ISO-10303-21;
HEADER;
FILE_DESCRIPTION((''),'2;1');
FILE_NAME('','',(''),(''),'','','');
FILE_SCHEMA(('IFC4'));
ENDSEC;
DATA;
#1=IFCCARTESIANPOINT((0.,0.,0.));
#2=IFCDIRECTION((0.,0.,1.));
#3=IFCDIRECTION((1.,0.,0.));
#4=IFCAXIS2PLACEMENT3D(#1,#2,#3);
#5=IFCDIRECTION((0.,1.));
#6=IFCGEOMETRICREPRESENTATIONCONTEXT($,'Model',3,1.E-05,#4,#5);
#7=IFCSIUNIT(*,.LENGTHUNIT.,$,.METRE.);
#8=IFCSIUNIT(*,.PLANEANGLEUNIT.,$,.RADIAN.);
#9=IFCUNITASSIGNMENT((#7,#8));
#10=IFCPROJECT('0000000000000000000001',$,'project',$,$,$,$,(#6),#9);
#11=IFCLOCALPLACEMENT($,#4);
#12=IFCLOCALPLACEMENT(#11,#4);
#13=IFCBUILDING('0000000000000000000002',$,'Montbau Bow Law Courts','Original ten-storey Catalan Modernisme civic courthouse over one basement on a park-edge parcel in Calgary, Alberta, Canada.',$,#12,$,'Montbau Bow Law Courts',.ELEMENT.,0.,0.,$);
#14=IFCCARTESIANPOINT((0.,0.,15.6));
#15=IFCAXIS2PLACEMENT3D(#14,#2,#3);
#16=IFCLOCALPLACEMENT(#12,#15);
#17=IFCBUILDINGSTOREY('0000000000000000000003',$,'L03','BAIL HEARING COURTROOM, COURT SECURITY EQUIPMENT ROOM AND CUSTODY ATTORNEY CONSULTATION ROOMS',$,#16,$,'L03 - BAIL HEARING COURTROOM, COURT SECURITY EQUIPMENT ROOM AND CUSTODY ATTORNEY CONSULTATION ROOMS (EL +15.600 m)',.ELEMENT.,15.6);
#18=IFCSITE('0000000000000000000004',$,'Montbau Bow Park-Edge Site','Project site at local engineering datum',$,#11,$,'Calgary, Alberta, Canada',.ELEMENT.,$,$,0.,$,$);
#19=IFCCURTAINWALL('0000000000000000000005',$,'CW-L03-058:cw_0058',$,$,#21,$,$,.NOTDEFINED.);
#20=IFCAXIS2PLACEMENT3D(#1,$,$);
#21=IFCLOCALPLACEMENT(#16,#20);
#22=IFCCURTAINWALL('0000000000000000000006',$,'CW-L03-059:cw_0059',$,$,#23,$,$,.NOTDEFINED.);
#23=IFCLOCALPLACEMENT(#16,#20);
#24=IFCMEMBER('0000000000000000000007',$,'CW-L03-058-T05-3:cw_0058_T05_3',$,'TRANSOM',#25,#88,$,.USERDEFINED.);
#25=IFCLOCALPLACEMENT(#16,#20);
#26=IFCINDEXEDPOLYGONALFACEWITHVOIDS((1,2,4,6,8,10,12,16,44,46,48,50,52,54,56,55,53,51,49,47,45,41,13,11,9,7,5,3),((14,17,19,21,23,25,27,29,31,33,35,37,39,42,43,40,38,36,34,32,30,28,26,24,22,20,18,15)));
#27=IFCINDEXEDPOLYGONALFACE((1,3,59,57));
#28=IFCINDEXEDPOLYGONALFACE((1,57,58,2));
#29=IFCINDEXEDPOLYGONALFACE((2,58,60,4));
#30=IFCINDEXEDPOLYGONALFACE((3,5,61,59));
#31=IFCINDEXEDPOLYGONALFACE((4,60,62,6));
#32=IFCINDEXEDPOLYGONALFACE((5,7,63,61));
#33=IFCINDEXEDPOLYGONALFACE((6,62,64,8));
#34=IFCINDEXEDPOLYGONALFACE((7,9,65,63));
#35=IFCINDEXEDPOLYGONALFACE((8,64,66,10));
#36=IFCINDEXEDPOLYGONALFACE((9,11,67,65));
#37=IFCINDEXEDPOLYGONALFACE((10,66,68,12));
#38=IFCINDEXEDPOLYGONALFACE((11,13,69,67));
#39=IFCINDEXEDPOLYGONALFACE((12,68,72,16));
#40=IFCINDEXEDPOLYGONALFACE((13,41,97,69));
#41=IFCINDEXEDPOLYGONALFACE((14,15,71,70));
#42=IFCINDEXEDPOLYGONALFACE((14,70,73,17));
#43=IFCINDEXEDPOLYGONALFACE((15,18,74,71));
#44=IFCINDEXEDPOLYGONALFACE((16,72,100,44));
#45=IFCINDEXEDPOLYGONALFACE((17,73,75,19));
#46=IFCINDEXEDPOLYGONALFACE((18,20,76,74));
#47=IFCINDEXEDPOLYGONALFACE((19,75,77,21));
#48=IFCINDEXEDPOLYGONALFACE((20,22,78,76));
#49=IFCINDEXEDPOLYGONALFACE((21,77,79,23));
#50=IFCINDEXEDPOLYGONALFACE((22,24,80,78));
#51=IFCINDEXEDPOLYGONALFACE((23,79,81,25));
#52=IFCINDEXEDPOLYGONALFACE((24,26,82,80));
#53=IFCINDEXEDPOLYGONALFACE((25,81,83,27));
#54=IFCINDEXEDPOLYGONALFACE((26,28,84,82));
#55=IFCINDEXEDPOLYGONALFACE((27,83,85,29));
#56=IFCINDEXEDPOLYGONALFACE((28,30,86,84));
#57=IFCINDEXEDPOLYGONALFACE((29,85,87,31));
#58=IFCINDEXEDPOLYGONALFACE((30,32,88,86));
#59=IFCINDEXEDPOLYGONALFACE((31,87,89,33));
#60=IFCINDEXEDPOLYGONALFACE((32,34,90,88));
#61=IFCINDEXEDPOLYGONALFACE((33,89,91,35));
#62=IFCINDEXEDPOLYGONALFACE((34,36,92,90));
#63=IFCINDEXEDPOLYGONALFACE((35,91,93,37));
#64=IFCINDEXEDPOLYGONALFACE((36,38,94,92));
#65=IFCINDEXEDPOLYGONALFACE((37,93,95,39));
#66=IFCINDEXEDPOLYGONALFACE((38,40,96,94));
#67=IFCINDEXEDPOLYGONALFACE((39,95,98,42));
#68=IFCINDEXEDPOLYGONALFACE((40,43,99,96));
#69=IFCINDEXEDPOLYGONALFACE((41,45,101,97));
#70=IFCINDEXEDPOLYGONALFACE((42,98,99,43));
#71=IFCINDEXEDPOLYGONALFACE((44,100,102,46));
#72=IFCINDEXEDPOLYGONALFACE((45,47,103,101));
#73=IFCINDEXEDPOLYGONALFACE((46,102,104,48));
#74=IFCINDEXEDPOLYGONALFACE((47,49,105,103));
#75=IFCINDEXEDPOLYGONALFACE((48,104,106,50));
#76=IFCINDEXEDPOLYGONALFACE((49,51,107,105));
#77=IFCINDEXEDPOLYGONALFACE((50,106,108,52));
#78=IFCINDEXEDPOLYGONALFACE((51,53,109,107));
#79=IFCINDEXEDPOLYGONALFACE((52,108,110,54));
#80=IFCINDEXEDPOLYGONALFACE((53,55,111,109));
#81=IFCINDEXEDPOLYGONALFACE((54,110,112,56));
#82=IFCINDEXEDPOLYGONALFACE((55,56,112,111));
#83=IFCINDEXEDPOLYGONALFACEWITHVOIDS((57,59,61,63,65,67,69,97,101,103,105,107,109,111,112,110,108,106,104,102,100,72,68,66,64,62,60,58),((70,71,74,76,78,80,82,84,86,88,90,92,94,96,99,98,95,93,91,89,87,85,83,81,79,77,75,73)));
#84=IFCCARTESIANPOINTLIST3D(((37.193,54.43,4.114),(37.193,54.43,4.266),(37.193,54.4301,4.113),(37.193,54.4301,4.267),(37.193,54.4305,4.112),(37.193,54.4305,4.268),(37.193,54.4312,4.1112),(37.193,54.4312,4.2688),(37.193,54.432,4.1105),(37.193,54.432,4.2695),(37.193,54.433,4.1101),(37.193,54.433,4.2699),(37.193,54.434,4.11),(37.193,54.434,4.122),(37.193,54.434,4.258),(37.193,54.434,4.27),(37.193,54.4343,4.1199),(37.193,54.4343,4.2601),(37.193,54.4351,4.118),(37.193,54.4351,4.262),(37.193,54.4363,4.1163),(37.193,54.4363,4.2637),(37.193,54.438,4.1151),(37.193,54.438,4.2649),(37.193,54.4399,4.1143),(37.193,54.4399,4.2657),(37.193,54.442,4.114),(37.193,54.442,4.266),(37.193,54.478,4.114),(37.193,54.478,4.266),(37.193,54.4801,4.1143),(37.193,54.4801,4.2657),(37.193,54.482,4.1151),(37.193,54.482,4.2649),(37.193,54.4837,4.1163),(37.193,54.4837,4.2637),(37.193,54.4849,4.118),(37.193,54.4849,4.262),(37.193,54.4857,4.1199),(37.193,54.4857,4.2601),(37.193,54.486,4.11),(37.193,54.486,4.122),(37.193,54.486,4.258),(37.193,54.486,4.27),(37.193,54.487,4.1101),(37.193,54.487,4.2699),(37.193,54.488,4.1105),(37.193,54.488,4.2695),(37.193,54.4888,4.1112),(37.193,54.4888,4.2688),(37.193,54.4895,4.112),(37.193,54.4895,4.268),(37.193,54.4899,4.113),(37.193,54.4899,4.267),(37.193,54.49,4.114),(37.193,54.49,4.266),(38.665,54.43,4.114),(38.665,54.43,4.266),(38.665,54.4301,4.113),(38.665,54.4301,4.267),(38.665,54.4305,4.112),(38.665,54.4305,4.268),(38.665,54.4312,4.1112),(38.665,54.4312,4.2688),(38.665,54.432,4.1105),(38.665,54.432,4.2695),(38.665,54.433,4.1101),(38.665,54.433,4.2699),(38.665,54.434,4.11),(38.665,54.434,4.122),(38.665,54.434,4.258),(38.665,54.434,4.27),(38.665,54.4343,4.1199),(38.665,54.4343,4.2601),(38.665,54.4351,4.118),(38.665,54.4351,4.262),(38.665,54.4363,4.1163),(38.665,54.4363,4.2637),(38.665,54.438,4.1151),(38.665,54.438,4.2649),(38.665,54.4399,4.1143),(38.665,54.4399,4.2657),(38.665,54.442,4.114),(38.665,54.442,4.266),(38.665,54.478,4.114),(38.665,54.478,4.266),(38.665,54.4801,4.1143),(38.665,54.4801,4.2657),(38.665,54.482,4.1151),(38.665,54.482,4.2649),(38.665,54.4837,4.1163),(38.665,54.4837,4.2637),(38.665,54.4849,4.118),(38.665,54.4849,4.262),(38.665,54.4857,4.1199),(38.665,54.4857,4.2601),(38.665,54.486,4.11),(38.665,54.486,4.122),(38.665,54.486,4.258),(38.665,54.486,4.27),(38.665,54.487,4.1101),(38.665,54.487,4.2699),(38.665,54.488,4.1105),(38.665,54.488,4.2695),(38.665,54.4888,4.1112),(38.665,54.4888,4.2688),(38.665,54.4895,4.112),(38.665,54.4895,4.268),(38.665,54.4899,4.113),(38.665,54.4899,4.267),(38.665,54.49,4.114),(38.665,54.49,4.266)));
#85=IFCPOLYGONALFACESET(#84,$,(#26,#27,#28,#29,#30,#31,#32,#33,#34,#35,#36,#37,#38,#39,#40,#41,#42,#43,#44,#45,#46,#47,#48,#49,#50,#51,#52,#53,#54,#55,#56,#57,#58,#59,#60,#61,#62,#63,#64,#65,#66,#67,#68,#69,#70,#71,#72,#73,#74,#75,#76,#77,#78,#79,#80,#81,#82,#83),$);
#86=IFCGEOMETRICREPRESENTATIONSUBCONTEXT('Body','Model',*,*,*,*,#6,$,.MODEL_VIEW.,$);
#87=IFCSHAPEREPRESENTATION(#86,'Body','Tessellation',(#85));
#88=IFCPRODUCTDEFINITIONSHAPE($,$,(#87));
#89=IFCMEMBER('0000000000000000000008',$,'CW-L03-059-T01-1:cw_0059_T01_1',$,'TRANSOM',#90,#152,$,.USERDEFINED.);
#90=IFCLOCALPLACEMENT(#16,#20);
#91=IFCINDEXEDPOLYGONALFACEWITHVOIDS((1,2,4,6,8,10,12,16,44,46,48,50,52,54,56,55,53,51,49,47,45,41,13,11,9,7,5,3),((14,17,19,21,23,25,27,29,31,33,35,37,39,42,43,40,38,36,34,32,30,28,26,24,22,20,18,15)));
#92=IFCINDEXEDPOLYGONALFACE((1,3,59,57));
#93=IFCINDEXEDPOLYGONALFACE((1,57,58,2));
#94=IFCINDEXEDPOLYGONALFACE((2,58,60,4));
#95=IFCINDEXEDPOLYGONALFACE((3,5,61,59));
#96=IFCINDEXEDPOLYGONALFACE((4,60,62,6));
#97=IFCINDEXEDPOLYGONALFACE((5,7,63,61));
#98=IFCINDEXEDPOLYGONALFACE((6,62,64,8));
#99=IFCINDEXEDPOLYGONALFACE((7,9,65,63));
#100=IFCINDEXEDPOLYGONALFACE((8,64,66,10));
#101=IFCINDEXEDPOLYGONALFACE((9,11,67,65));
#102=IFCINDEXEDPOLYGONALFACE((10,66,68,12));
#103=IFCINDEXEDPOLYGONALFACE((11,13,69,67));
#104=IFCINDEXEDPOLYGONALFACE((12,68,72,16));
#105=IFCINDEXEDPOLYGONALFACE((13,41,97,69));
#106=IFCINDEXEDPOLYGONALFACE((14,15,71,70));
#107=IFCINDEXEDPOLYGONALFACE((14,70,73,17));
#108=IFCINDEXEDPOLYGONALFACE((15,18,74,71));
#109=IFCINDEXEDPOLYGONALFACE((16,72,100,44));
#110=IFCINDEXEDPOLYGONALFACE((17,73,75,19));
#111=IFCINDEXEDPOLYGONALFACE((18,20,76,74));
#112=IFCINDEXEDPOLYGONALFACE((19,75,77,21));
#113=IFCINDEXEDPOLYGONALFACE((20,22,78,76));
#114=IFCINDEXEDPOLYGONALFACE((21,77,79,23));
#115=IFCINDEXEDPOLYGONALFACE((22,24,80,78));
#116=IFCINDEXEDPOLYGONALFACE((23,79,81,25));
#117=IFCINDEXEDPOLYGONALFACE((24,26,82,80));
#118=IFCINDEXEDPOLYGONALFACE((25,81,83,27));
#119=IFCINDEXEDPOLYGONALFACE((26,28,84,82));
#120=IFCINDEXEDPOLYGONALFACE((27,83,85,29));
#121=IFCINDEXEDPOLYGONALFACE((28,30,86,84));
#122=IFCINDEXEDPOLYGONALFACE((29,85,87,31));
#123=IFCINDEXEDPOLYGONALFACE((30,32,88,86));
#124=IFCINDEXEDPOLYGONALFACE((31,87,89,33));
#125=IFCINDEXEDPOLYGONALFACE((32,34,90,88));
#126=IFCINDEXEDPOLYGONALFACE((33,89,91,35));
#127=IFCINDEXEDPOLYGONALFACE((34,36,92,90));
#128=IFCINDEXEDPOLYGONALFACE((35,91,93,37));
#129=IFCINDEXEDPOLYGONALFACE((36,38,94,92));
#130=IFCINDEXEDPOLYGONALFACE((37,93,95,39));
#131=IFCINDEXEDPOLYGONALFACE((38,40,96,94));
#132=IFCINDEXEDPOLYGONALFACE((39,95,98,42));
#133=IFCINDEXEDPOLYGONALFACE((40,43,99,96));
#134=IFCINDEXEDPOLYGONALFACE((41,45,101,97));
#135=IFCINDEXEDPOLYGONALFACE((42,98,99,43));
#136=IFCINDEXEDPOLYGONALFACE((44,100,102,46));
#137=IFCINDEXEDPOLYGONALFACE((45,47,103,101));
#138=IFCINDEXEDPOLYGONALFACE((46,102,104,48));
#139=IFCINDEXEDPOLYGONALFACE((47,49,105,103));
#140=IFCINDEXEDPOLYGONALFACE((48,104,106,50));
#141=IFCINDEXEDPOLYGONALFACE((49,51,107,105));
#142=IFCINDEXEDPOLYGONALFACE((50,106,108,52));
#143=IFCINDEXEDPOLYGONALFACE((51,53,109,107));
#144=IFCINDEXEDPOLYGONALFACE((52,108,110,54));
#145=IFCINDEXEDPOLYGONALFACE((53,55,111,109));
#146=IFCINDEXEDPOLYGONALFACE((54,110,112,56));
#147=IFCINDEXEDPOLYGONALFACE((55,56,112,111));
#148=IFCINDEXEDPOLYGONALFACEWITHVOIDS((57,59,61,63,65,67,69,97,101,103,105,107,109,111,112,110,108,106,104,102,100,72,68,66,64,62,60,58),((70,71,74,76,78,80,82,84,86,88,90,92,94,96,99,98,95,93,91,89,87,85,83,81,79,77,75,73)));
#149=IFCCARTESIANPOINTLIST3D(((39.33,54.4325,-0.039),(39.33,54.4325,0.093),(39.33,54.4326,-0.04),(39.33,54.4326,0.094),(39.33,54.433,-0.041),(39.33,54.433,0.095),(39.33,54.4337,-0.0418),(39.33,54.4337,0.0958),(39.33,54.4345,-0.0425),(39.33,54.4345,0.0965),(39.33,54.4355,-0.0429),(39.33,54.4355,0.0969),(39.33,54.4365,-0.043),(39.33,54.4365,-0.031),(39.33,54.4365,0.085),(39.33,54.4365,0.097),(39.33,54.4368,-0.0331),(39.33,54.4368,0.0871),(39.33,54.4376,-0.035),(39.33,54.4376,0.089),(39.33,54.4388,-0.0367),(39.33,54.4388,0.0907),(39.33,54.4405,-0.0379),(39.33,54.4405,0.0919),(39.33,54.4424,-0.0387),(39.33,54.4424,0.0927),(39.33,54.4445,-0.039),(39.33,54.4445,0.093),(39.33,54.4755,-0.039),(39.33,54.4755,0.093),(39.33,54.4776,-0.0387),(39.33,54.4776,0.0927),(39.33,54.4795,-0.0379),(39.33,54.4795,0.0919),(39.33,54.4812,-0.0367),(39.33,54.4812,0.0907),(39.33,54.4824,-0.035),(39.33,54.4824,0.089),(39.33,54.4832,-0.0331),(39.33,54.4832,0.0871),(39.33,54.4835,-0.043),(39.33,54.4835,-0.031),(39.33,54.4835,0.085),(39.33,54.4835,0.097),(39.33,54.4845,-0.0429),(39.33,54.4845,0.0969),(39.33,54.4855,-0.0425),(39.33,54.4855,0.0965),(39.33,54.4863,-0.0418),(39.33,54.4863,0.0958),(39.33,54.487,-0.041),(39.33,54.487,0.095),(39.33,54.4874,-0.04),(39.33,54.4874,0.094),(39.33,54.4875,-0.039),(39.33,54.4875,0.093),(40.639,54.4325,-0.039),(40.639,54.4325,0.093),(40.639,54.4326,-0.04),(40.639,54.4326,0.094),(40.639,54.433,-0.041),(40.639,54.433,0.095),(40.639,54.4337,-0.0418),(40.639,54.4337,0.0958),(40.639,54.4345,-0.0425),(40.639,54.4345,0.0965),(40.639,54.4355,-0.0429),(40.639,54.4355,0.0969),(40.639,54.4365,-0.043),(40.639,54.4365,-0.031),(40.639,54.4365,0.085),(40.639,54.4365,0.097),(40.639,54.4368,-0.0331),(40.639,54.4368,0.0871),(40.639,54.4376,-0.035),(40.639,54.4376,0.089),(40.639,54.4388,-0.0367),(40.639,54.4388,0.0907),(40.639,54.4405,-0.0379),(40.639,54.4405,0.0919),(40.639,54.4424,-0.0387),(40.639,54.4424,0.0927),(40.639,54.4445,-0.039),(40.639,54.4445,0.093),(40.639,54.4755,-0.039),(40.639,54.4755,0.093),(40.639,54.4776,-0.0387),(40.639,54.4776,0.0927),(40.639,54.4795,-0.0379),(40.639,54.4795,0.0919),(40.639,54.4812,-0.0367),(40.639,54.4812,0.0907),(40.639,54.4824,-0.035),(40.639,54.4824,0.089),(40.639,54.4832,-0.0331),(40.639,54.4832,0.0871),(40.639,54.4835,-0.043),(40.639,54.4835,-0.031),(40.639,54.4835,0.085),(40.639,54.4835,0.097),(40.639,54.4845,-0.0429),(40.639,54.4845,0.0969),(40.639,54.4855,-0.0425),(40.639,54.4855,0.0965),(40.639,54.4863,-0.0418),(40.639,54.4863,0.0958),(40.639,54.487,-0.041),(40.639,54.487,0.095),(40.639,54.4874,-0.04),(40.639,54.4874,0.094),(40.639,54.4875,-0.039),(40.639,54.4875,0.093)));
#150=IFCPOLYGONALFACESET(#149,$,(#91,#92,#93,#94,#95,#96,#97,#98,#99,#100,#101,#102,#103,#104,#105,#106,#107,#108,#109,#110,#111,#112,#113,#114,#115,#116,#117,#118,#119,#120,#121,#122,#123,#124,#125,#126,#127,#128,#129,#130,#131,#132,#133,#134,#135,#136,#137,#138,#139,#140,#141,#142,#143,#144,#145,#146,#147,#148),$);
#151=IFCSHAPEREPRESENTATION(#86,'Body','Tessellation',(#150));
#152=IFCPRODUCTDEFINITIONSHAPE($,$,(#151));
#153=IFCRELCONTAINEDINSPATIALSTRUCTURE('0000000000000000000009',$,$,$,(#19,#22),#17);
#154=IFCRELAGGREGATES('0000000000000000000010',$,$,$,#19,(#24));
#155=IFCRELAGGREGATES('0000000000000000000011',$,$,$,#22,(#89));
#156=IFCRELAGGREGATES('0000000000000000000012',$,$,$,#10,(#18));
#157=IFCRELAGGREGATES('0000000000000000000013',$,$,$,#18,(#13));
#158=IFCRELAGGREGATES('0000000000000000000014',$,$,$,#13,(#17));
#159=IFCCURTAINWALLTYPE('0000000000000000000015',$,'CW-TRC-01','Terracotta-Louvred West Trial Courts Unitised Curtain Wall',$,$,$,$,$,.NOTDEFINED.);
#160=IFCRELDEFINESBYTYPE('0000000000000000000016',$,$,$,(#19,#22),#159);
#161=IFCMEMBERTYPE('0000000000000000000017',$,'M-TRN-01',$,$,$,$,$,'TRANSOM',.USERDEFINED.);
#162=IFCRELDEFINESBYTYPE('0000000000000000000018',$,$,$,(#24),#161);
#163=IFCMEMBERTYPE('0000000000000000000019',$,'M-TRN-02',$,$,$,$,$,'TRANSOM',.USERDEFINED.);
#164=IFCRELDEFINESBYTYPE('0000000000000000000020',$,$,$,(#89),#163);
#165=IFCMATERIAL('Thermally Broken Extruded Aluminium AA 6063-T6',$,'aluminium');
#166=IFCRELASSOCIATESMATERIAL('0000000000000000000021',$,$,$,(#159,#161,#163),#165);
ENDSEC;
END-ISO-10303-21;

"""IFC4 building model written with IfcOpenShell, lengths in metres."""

from ifc_helpers import new_model, si_unit, direction, frame, origin_with_axes, origin_2d_with_axis, place, context, subcontext, project, spatial, hollow_rectangle, extrude, material, material_profile, profile_set, type_object, element, aggregate, save


model = new_model("IFC4")

# Units and contexts
model_context = context("Model", 3, precision=1e-05, world=origin_with_axes(), true_north=direction((0.0, 1.0)))
body_context = subcontext(model_context, "Body", "Model", "MODEL_VIEW")
ifc_project = project(units=[si_unit("LENGTHUNIT", "METRE"), si_unit("PLANEANGLEUNIT", "RADIAN")], contexts=[model_context])

# Site, building, storey
site_placement = place(None, origin_with_axes())
site = spatial("IfcSite", under=ifc_project, at=site_placement, Name="Montbau Bow Park-Edge Site", Description="Project site at local engineering datum", LongName="Calgary, Alberta, Canada", CompositionType="ELEMENT", RefElevation=0.0)
building_placement = place(site_placement, origin_with_axes())
building = spatial("IfcBuilding", under=site, at=building_placement, Name="Montbau Bow Law Courts", Description="Original ten-storey Catalan Modernisme civic courthouse over one basement on a park-edge parcel in Calgary, Alberta, Canada.", LongName="Montbau Bow Law Courts", CompositionType="ELEMENT", ElevationOfRefHeight=0.0, ElevationOfTerrain=0.0)
storey_placement = place(building_placement, frame((0.0, 0.0, 15.6), z_axis=(0.0, 0.0, 1.0), x_axis=(1.0, 0.0, 0.0)))
storey = spatial("IfcBuildingStorey", under=building, at=storey_placement, Name="L03", Description="BAIL HEARING COURTROOM, COURT SECURITY EQUIPMENT ROOM AND CUSTODY ATTORNEY CONSULTATION ROOMS", LongName="L03 - BAIL HEARING COURTROOM, COURT SECURITY EQUIPMENT ROOM AND CUSTODY ATTORNEY CONSULTATION ROOMS (EL +15.600 m)", CompositionType="ELEMENT", Elevation=15.6)

# Curtain wall
ifc_material_1 = material(Name="Thermally Broken Extruded Aluminium AA 6063-T6", Category="aluminium")
curtain_wall_type = type_object("IfcCurtainWallType", Name="CW-TRC-01", Description="Terracotta-Louvred West Trial Courts Unitised Curtain Wall", PredefinedType="NOTDEFINED", material=ifc_material_1)
curtain_wall_1_placement = place(None, frame((30.867, 54.46, 15.6), z_axis=(0.0, 0.0, 1.0), x_axis=(1.0, 0.0, 0.0)))
curtain_wall_1 = element("IfcCurtainWall", 1, at=curtain_wall_1_placement, inside=storey, type_object=curtain_wall_type, Name="CW-L03-058:cw_0058", PredefinedType="NOTDEFINED")

# Curtain wall
curtain_wall_2_placement = place(None, frame((39.268, 54.46, 15.6), z_axis=(0.0, 0.0, 1.0), x_axis=(1.0, 0.0, 0.0)))
curtain_wall_2 = element("IfcCurtainWall", 2, at=curtain_wall_2_placement, inside=storey, type_object=curtain_wall_type, Name="CW-L03-059:cw_0059", PredefinedType="NOTDEFINED")

# Members
ifc_material_profile_1 = material_profile(ifc_material_1, hollow_rectangle(XDim=0.06, YDim=0.16, WallThickness=0.004, InnerFilletRadius=0.008, OuterFilletRadius=0.004, at=origin_2d_with_axis()), Name="CWT-160X60", Category="Main", Priority=0)
ifc_profile_set_1 = profile_set([ifc_material_profile_1], Name="Thermally Broken Extruded Aluminium AA 6063-T6")
member_type_1 = type_object("IfcMemberType", Name="M-TRN-01", ElementType="TRANSOM", PredefinedType="USERDEFINED", material=ifc_profile_set_1)
member_1_placement = place(None, frame((37.193, 54.46, 19.79), z_axis=(1.0, 0.0, 0.0), x_axis=(0.0, 1.0, 0.0)))
member_1 = element("IfcMember", 3, at=member_1_placement, type_object=member_type_1, Name="CW-L03-058-T05-3:cw_0058_T05_3", ObjectType="TRANSOM", PredefinedType="USERDEFINED", context=body_context, shape_type="SweptSolid", body=[
    extrude(hollow_rectangle(XDim=0.06, YDim=0.16, WallThickness=0.004, InnerFilletRadius=0.008, OuterFilletRadius=0.004, at=origin_2d_with_axis()), origin_with_axes(), (0.0, 0.0, 1.0), 1.472),
])
aggregate(curtain_wall_1, [member_1])
ifc_material_profile_2 = material_profile(ifc_material_1, hollow_rectangle(XDim=0.055, YDim=0.14, WallThickness=0.004, InnerFilletRadius=0.008, OuterFilletRadius=0.004, at=origin_2d_with_axis()), Name="CWT-140X55", Category="Main", Priority=0)
ifc_profile_set_2 = profile_set([ifc_material_profile_2], Name="Thermally Broken Extruded Aluminium AA 6063-T6")
member_type_2 = type_object("IfcMemberType", Name="M-TRN-02", ElementType="TRANSOM", PredefinedType="USERDEFINED", material=ifc_profile_set_2)
member_2_placement = place(None, frame((39.33, 54.46, 15.627), z_axis=(1.0, 0.0, 0.0), x_axis=(0.0, 1.0, 0.0)))
member_2 = element("IfcMember", 4, at=member_2_placement, type_object=member_type_2, Name="CW-L03-059-T01-1:cw_0059_T01_1", ObjectType="TRANSOM", PredefinedType="USERDEFINED", context=body_context, shape_type="SweptSolid", body=[
    extrude(hollow_rectangle(XDim=0.055, YDim=0.14, WallThickness=0.004, InnerFilletRadius=0.008, OuterFilletRadius=0.004, at=origin_2d_with_axis()), origin_with_axes(), (0.0, 0.0, 1.0), 1.309),
])

aggregate(curtain_wall_2, [member_2])

save(model, "model.ifc")
